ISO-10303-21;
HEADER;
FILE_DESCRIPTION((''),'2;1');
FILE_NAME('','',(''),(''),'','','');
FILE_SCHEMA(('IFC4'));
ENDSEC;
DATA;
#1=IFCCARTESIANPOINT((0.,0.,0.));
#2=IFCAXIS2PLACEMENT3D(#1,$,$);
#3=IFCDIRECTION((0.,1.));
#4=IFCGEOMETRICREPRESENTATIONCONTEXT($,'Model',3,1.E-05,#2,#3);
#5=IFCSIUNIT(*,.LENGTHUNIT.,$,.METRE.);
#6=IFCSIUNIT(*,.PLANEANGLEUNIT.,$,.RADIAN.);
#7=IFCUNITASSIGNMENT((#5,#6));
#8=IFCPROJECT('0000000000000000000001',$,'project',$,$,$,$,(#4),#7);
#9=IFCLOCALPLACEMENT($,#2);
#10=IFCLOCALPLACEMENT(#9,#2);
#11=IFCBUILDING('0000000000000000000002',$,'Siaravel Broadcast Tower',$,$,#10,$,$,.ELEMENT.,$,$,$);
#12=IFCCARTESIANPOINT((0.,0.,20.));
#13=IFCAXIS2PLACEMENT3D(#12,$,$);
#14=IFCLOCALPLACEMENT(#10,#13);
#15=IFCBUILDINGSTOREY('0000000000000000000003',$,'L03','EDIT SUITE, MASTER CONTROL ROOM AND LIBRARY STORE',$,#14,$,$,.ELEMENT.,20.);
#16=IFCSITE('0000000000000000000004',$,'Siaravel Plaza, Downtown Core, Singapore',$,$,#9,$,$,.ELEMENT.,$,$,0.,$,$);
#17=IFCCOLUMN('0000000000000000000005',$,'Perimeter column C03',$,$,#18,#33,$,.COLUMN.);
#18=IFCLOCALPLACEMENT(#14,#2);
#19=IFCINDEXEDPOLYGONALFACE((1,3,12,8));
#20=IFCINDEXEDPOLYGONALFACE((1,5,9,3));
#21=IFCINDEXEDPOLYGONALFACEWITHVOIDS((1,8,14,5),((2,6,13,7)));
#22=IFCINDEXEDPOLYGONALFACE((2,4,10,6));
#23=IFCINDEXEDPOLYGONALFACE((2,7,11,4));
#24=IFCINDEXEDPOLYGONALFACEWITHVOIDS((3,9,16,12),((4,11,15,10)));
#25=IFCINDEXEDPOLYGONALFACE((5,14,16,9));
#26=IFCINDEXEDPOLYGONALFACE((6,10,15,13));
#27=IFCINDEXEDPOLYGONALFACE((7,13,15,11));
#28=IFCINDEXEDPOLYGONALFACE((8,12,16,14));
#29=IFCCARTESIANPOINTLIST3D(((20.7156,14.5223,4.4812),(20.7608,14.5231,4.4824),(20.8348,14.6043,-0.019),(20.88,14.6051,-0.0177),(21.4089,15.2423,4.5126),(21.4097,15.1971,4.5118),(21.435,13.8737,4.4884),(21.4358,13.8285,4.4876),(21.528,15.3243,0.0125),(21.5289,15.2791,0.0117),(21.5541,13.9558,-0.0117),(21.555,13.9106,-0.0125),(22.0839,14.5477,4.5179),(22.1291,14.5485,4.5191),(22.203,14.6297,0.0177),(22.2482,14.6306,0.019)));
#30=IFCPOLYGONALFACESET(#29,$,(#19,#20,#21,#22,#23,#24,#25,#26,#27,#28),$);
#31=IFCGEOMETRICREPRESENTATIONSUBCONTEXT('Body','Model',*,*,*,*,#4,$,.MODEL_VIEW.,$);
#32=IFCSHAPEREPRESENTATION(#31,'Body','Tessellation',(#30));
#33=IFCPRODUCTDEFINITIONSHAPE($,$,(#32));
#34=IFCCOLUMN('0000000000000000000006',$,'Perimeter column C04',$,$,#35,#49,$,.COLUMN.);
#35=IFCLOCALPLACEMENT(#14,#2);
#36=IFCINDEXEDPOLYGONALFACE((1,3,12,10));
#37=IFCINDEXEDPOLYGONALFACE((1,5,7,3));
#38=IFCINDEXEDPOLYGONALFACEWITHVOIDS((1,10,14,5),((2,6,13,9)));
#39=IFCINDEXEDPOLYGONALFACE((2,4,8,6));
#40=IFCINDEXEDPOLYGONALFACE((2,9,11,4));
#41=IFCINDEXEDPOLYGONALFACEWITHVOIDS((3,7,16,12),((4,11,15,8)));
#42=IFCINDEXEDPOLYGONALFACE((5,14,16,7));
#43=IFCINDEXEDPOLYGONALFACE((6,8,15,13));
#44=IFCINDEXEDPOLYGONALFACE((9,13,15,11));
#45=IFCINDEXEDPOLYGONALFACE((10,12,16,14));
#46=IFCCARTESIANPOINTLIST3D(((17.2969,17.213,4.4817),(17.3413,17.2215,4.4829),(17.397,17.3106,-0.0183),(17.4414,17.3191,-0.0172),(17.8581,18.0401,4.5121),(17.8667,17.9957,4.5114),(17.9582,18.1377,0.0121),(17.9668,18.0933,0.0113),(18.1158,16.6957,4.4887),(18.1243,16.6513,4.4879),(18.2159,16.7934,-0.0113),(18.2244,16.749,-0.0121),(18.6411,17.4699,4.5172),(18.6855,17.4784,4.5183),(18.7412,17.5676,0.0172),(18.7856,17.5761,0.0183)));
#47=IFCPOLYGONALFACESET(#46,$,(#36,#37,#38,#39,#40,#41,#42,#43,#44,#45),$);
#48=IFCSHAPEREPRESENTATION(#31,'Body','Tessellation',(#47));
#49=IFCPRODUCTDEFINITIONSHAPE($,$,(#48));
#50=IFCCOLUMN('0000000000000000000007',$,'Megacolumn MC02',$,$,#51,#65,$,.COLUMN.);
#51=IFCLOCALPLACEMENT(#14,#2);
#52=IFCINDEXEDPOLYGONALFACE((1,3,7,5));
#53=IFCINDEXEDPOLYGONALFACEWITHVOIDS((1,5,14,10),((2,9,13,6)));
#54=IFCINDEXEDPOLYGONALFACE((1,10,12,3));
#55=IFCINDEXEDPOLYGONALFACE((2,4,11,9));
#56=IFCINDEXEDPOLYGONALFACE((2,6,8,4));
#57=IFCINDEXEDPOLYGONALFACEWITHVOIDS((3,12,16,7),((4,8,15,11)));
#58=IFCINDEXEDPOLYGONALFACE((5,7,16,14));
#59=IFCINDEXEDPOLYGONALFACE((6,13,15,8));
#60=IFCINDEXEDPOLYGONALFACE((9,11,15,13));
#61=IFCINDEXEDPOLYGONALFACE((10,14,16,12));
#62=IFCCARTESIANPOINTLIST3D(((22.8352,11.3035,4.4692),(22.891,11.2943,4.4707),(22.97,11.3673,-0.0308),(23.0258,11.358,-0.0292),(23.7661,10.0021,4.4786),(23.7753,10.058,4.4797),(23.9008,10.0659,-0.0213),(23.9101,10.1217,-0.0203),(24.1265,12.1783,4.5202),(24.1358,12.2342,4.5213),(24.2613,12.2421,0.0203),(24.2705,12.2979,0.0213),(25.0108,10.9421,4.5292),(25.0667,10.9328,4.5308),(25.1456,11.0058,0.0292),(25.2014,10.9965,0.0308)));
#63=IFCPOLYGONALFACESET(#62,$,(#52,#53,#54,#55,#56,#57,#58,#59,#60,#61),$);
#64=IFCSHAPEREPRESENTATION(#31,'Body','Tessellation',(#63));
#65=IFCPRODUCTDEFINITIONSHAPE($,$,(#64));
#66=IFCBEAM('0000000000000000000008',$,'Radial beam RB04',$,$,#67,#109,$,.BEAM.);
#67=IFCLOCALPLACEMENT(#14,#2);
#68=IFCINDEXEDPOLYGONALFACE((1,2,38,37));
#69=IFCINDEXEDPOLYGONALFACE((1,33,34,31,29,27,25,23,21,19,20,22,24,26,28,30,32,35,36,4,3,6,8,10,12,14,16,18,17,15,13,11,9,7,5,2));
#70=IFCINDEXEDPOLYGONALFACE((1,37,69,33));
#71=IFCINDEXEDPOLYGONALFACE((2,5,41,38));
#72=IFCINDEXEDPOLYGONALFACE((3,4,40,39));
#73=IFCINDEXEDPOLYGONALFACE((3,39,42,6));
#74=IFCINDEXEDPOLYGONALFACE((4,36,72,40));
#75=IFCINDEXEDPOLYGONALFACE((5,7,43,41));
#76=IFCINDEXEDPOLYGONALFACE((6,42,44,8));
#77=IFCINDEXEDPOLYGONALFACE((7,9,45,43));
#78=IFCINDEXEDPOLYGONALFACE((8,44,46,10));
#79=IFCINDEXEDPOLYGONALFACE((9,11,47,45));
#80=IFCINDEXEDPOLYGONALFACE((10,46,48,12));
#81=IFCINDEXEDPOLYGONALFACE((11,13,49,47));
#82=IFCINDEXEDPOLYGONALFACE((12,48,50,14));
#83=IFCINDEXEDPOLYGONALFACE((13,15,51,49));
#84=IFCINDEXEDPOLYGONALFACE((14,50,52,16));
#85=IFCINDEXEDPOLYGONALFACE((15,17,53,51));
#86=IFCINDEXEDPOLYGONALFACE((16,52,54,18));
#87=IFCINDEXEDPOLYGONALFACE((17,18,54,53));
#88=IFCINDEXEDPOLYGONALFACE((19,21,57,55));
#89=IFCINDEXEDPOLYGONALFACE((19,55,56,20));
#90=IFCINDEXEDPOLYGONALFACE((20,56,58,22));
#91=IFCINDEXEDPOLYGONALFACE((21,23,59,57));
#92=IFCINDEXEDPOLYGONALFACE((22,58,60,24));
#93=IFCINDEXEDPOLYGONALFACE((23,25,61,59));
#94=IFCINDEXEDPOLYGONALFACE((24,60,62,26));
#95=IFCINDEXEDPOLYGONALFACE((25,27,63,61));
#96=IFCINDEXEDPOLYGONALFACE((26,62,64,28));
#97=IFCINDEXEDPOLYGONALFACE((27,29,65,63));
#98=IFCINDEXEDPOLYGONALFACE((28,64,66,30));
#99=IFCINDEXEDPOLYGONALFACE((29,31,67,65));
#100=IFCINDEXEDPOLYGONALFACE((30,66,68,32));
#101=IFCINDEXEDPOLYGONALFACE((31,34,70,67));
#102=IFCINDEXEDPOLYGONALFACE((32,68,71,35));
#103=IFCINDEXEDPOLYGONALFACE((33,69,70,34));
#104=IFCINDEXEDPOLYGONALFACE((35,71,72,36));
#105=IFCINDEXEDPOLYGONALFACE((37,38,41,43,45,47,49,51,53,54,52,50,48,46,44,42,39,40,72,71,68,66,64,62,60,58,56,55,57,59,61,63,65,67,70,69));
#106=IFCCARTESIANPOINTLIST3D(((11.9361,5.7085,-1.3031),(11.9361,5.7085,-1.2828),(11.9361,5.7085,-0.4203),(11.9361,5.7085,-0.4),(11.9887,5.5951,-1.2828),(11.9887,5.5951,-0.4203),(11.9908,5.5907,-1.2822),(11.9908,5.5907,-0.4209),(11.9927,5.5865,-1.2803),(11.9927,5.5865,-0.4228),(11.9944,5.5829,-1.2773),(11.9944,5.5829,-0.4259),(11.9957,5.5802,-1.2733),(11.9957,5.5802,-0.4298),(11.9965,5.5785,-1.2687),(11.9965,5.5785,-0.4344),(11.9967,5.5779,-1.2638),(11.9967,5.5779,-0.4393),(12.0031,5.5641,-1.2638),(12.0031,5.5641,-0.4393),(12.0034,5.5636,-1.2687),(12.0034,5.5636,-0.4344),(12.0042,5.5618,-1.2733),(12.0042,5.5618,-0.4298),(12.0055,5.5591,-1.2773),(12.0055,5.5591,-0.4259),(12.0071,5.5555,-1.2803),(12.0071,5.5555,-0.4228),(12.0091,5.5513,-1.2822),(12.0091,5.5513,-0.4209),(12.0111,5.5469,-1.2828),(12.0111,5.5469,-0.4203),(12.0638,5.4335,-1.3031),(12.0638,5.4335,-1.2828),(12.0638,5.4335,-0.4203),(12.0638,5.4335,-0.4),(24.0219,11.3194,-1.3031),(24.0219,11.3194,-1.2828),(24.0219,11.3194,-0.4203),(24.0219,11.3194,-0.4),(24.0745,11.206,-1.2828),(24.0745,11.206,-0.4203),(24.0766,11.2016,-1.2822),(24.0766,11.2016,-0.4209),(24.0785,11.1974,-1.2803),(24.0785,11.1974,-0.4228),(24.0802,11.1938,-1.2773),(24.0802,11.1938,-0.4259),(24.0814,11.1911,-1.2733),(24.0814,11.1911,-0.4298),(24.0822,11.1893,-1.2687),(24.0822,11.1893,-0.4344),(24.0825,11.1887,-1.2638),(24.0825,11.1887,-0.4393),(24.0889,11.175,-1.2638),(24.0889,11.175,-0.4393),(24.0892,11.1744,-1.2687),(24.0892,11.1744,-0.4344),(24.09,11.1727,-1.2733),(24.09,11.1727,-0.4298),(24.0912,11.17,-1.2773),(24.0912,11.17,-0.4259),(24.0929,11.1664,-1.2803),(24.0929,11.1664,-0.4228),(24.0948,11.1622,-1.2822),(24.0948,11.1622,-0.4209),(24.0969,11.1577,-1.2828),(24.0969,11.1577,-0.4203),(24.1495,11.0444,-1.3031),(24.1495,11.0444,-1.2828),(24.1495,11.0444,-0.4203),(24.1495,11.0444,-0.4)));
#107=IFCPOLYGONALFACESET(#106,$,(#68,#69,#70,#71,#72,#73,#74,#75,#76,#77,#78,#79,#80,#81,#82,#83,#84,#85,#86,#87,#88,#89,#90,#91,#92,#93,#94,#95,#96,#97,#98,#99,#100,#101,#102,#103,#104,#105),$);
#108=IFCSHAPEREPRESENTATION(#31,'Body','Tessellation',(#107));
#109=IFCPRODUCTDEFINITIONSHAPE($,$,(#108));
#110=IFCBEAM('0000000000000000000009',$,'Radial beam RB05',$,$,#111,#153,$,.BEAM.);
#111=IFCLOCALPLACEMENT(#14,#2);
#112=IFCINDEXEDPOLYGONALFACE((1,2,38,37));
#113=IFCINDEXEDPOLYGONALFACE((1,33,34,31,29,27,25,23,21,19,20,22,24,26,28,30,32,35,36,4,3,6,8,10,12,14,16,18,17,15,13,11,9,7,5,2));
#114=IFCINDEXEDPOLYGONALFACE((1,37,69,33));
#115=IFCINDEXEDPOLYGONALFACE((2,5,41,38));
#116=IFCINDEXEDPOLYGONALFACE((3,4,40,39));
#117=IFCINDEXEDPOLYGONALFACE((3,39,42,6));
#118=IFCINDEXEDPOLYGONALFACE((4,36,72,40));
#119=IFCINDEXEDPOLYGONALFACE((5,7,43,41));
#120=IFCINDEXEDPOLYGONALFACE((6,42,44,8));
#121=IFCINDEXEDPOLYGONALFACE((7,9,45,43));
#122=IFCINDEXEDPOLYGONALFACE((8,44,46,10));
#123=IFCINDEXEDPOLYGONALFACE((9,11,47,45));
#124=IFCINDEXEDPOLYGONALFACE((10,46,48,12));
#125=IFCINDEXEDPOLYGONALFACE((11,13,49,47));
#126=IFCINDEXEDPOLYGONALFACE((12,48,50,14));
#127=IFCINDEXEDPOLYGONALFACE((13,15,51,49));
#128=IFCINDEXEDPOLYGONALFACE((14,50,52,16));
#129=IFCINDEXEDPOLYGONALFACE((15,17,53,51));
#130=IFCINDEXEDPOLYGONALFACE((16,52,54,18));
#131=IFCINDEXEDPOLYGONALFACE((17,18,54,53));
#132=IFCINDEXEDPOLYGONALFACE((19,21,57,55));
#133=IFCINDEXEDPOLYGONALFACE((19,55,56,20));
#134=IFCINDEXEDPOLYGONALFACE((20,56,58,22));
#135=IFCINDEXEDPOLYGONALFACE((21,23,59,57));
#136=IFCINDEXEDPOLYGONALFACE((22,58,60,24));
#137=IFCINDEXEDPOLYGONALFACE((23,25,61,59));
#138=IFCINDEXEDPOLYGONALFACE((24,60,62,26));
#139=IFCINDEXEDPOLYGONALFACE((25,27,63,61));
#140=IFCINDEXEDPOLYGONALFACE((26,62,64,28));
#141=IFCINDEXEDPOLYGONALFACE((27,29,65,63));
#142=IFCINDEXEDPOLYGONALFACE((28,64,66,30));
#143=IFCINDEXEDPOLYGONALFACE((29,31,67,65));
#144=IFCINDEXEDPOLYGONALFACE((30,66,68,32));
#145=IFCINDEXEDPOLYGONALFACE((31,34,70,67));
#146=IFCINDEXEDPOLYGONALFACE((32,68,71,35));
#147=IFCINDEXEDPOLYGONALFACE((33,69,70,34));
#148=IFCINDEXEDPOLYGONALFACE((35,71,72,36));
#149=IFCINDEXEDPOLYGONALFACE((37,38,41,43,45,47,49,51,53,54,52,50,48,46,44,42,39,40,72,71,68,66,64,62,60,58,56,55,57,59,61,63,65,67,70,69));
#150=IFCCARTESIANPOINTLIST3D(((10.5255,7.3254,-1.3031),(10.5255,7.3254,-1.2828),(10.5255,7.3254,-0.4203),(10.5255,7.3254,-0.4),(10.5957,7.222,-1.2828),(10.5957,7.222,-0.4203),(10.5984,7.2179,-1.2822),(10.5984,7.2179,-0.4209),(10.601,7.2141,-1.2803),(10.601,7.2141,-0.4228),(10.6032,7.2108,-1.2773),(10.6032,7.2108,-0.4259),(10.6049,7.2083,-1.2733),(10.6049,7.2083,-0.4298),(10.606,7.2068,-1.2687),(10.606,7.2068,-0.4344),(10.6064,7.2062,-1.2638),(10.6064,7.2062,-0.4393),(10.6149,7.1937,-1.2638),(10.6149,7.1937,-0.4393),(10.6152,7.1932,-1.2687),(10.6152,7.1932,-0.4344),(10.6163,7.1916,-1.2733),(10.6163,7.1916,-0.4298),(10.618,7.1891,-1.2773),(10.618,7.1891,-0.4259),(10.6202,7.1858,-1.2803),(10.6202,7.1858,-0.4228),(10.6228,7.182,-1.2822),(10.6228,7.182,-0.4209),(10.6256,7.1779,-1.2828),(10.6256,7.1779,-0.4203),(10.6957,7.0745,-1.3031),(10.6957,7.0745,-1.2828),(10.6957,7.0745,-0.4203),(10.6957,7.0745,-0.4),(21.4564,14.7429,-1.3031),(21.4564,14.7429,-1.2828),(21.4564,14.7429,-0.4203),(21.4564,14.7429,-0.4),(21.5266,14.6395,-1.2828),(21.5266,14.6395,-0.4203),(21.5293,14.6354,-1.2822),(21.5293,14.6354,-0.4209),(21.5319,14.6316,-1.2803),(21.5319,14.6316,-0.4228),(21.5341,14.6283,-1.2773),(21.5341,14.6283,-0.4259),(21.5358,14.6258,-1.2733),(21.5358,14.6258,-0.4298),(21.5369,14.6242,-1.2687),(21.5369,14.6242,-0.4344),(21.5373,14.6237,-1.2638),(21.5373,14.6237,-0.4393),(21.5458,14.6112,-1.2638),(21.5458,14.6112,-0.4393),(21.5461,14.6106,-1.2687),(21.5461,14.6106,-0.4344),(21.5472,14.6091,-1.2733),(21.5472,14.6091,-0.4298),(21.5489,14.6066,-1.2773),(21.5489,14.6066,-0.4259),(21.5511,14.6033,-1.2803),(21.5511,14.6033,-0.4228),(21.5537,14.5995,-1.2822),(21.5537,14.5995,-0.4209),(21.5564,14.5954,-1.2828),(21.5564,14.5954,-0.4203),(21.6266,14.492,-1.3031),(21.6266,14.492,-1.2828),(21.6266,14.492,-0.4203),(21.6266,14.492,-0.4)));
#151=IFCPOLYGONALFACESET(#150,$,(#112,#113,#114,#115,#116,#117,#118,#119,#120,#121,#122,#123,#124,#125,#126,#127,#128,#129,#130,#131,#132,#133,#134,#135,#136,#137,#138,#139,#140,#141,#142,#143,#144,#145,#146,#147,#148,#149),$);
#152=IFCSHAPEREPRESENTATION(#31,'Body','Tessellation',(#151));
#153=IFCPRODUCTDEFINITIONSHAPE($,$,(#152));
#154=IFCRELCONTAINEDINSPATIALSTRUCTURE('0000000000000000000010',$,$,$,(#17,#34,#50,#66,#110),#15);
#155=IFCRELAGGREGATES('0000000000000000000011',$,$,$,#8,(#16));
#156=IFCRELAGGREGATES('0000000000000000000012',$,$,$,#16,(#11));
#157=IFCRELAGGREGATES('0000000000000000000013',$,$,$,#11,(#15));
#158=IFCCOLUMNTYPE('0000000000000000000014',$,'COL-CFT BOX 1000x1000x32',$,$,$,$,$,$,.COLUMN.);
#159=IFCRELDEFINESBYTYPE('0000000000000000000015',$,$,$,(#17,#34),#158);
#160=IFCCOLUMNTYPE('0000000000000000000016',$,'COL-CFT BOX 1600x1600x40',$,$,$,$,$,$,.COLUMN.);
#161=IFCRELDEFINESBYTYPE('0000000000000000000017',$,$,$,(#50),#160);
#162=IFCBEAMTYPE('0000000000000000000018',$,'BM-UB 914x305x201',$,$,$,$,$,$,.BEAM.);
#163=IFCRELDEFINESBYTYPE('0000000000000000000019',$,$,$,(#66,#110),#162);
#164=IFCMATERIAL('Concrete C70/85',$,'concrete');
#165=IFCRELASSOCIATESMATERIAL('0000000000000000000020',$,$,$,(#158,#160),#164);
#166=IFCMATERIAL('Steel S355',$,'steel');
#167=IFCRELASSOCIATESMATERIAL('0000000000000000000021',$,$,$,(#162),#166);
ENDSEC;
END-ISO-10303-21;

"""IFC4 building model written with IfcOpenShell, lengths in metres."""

from ifc_helpers import new_model, si_unit, direction, frame, origin, origin_2d, place, context, subcontext, project, spatial, hollow_rectangle, i_section, extrude, material, material_profile, profile_set, type_object, element, save


model = new_model("IFC4")

# Units and contexts
model_context = context("Model", 3, precision=1e-05, world=origin(), true_north=direction((0.0, 1.0)))
body_context = subcontext(model_context, "Body", "Model", "MODEL_VIEW")
ifc_project = project(units=[si_unit("LENGTHUNIT", "METRE"), si_unit("PLANEANGLEUNIT", "RADIAN")], contexts=[model_context])

# Site, building, storey
site_placement = place(None, origin())
site = spatial("IfcSite", under=ifc_project, at=site_placement, Name="Siaravel Plaza, Downtown Core, Singapore", CompositionType="ELEMENT", RefElevation=0.0)
building_placement = place(site_placement, origin())
building = spatial("IfcBuilding", under=site, at=building_placement, Name="Siaravel Broadcast Tower", CompositionType="ELEMENT")
storey_placement = place(building_placement, frame((0.0, 0.0, 20.0)))
storey = spatial("IfcBuildingStorey", under=building, at=storey_placement, Name="L03", Description="EDIT SUITE, MASTER CONTROL ROOM AND LIBRARY STORE", CompositionType="ELEMENT", Elevation=20.0)

# Columns
ifc_material_1 = material(Name="Concrete C70/85", Category="concrete")
ifc_material_profile_1 = material_profile(ifc_material_1, hollow_rectangle(XDim=1.0, YDim=1.0, WallThickness=0.032, at=origin_2d()))
ifc_profile_set_1 = profile_set([ifc_material_profile_1], Name="Concrete C70/85")
column_type_1 = type_object("IfcColumnType", Name="COL-CFT BOX 1000x1000x32", PredefinedType="COLUMN", material=ifc_profile_set_1)
column_1_placement = place(storey_placement, frame((21.5415, 14.6174, 0.0), z_axis=(-0.026462, -0.01822, 0.999484), x_axis=(0.720216, -0.69372, 0.006422)))
element("IfcColumn", 1, at=column_1_placement, inside=storey, type_object=column_type_1, Name="Perimeter column C03", PredefinedType="COLUMN", context=body_context, shape_type="SweptSolid", body=[
    extrude(hollow_rectangle(XDim=1.0, YDim=1.0, WallThickness=0.032, at=origin_2d()), origin(), (0.0, 0.0, 1.0), 4.5024),
])
column_2_placement = place(storey_placement, frame((18.0913, 17.4434, 0.0), z_axis=(-0.022233, -0.021691, 0.999517), x_axis=(0.827361, -0.561636, 0.006215)))
element("IfcColumn", 2, at=column_2_placement, inside=storey, type_object=column_type_1, Name="Perimeter column C04", PredefinedType="COLUMN", context=body_context, shape_type="SweptSolid", body=[
    extrude(hollow_rectangle(XDim=1.0, YDim=1.0, WallThickness=0.032, at=origin_2d()), origin(), (0.0, 0.0, 1.0), 4.5022),
])
ifc_material_profile_2 = material_profile(ifc_material_1, hollow_rectangle(XDim=1.6001, YDim=1.6001, WallThickness=0.04, at=origin_2d()))
ifc_profile_set_2 = profile_set([ifc_material_profile_2], Name="Concrete C70/85")
column_type_2 = type_object("IfcColumnType", Name="COL-CFT BOX 1600x1600x40", PredefinedType="COLUMN", material=ifc_profile_set_2)
column_3_placement = place(storey_placement, frame((24.0857, 11.1819, 0.0), z_axis=(-0.029931, -0.014152, 0.999452), x_axis=(0.581765, -0.813335, 0.005906)))
element("IfcColumn", 3, at=column_3_placement, inside=storey, type_object=column_type_2, Name="Megacolumn MC02", PredefinedType="COLUMN", context=body_context, shape_type="SweptSolid", body=[
    extrude(hollow_rectangle(XDim=1.6001, YDim=1.6001, WallThickness=0.04, at=origin_2d()), origin(), (0.0, 0.0, 1.0), 4.5024),
])

# Beams
ifc_material_2 = material(Name="Steel S355", Category="steel")
ifc_material_profile_3 = material_profile(ifc_material_2, i_section(OverallWidth=0.3032, OverallDepth=0.9031, WebThickness=0.0151, FlangeThickness=0.0203, FilletRadius=0.019, at=origin_2d()))
ifc_profile_set_3 = profile_set([ifc_material_profile_3], Name="Steel S355")
beam_type = type_object("IfcBeamType", Name="BM-UB 914x305x201", PredefinedType="BEAM", material=ifc_profile_set_3)
beam_1_placement = place(storey_placement, frame((24.0857, 11.1819, -0.8516), z_axis=(-0.90702, -0.421088, 0.0), x_axis=(0.421088, -0.90702, 0.0)))
element("IfcBeam", 4, at=beam_1_placement, inside=storey, type_object=beam_type, Name="Radial beam RB04", PredefinedType="BEAM", context=body_context, shape_type="SweptSolid", body=[
    extrude(i_section(OverallWidth=0.3032, OverallDepth=0.9031, WebThickness=0.0151, FlangeThickness=0.0203, FilletRadius=0.019, at=origin_2d()), origin(), (0.0, 0.0, 1.0), 13.3247),
])
beam_2_placement = place(storey_placement, frame((21.5415, 14.6174, -0.8516), z_axis=(-0.827473, -0.561505, 0.0), x_axis=(0.561505, -0.827473, 0.0)))
element("IfcBeam", 5, at=beam_2_placement, inside=storey, type_object=beam_type, Name="Radial beam RB05", PredefinedType="BEAM", context=body_context, shape_type="SweptSolid", body=[
    extrude(i_section(OverallWidth=0.3032, OverallDepth=0.9031, WebThickness=0.0151, FlangeThickness=0.0203, FilletRadius=0.019, at=origin_2d()), origin(), (0.0, 0.0, 1.0), 13.21),
])

save(model, "model.ifc")
